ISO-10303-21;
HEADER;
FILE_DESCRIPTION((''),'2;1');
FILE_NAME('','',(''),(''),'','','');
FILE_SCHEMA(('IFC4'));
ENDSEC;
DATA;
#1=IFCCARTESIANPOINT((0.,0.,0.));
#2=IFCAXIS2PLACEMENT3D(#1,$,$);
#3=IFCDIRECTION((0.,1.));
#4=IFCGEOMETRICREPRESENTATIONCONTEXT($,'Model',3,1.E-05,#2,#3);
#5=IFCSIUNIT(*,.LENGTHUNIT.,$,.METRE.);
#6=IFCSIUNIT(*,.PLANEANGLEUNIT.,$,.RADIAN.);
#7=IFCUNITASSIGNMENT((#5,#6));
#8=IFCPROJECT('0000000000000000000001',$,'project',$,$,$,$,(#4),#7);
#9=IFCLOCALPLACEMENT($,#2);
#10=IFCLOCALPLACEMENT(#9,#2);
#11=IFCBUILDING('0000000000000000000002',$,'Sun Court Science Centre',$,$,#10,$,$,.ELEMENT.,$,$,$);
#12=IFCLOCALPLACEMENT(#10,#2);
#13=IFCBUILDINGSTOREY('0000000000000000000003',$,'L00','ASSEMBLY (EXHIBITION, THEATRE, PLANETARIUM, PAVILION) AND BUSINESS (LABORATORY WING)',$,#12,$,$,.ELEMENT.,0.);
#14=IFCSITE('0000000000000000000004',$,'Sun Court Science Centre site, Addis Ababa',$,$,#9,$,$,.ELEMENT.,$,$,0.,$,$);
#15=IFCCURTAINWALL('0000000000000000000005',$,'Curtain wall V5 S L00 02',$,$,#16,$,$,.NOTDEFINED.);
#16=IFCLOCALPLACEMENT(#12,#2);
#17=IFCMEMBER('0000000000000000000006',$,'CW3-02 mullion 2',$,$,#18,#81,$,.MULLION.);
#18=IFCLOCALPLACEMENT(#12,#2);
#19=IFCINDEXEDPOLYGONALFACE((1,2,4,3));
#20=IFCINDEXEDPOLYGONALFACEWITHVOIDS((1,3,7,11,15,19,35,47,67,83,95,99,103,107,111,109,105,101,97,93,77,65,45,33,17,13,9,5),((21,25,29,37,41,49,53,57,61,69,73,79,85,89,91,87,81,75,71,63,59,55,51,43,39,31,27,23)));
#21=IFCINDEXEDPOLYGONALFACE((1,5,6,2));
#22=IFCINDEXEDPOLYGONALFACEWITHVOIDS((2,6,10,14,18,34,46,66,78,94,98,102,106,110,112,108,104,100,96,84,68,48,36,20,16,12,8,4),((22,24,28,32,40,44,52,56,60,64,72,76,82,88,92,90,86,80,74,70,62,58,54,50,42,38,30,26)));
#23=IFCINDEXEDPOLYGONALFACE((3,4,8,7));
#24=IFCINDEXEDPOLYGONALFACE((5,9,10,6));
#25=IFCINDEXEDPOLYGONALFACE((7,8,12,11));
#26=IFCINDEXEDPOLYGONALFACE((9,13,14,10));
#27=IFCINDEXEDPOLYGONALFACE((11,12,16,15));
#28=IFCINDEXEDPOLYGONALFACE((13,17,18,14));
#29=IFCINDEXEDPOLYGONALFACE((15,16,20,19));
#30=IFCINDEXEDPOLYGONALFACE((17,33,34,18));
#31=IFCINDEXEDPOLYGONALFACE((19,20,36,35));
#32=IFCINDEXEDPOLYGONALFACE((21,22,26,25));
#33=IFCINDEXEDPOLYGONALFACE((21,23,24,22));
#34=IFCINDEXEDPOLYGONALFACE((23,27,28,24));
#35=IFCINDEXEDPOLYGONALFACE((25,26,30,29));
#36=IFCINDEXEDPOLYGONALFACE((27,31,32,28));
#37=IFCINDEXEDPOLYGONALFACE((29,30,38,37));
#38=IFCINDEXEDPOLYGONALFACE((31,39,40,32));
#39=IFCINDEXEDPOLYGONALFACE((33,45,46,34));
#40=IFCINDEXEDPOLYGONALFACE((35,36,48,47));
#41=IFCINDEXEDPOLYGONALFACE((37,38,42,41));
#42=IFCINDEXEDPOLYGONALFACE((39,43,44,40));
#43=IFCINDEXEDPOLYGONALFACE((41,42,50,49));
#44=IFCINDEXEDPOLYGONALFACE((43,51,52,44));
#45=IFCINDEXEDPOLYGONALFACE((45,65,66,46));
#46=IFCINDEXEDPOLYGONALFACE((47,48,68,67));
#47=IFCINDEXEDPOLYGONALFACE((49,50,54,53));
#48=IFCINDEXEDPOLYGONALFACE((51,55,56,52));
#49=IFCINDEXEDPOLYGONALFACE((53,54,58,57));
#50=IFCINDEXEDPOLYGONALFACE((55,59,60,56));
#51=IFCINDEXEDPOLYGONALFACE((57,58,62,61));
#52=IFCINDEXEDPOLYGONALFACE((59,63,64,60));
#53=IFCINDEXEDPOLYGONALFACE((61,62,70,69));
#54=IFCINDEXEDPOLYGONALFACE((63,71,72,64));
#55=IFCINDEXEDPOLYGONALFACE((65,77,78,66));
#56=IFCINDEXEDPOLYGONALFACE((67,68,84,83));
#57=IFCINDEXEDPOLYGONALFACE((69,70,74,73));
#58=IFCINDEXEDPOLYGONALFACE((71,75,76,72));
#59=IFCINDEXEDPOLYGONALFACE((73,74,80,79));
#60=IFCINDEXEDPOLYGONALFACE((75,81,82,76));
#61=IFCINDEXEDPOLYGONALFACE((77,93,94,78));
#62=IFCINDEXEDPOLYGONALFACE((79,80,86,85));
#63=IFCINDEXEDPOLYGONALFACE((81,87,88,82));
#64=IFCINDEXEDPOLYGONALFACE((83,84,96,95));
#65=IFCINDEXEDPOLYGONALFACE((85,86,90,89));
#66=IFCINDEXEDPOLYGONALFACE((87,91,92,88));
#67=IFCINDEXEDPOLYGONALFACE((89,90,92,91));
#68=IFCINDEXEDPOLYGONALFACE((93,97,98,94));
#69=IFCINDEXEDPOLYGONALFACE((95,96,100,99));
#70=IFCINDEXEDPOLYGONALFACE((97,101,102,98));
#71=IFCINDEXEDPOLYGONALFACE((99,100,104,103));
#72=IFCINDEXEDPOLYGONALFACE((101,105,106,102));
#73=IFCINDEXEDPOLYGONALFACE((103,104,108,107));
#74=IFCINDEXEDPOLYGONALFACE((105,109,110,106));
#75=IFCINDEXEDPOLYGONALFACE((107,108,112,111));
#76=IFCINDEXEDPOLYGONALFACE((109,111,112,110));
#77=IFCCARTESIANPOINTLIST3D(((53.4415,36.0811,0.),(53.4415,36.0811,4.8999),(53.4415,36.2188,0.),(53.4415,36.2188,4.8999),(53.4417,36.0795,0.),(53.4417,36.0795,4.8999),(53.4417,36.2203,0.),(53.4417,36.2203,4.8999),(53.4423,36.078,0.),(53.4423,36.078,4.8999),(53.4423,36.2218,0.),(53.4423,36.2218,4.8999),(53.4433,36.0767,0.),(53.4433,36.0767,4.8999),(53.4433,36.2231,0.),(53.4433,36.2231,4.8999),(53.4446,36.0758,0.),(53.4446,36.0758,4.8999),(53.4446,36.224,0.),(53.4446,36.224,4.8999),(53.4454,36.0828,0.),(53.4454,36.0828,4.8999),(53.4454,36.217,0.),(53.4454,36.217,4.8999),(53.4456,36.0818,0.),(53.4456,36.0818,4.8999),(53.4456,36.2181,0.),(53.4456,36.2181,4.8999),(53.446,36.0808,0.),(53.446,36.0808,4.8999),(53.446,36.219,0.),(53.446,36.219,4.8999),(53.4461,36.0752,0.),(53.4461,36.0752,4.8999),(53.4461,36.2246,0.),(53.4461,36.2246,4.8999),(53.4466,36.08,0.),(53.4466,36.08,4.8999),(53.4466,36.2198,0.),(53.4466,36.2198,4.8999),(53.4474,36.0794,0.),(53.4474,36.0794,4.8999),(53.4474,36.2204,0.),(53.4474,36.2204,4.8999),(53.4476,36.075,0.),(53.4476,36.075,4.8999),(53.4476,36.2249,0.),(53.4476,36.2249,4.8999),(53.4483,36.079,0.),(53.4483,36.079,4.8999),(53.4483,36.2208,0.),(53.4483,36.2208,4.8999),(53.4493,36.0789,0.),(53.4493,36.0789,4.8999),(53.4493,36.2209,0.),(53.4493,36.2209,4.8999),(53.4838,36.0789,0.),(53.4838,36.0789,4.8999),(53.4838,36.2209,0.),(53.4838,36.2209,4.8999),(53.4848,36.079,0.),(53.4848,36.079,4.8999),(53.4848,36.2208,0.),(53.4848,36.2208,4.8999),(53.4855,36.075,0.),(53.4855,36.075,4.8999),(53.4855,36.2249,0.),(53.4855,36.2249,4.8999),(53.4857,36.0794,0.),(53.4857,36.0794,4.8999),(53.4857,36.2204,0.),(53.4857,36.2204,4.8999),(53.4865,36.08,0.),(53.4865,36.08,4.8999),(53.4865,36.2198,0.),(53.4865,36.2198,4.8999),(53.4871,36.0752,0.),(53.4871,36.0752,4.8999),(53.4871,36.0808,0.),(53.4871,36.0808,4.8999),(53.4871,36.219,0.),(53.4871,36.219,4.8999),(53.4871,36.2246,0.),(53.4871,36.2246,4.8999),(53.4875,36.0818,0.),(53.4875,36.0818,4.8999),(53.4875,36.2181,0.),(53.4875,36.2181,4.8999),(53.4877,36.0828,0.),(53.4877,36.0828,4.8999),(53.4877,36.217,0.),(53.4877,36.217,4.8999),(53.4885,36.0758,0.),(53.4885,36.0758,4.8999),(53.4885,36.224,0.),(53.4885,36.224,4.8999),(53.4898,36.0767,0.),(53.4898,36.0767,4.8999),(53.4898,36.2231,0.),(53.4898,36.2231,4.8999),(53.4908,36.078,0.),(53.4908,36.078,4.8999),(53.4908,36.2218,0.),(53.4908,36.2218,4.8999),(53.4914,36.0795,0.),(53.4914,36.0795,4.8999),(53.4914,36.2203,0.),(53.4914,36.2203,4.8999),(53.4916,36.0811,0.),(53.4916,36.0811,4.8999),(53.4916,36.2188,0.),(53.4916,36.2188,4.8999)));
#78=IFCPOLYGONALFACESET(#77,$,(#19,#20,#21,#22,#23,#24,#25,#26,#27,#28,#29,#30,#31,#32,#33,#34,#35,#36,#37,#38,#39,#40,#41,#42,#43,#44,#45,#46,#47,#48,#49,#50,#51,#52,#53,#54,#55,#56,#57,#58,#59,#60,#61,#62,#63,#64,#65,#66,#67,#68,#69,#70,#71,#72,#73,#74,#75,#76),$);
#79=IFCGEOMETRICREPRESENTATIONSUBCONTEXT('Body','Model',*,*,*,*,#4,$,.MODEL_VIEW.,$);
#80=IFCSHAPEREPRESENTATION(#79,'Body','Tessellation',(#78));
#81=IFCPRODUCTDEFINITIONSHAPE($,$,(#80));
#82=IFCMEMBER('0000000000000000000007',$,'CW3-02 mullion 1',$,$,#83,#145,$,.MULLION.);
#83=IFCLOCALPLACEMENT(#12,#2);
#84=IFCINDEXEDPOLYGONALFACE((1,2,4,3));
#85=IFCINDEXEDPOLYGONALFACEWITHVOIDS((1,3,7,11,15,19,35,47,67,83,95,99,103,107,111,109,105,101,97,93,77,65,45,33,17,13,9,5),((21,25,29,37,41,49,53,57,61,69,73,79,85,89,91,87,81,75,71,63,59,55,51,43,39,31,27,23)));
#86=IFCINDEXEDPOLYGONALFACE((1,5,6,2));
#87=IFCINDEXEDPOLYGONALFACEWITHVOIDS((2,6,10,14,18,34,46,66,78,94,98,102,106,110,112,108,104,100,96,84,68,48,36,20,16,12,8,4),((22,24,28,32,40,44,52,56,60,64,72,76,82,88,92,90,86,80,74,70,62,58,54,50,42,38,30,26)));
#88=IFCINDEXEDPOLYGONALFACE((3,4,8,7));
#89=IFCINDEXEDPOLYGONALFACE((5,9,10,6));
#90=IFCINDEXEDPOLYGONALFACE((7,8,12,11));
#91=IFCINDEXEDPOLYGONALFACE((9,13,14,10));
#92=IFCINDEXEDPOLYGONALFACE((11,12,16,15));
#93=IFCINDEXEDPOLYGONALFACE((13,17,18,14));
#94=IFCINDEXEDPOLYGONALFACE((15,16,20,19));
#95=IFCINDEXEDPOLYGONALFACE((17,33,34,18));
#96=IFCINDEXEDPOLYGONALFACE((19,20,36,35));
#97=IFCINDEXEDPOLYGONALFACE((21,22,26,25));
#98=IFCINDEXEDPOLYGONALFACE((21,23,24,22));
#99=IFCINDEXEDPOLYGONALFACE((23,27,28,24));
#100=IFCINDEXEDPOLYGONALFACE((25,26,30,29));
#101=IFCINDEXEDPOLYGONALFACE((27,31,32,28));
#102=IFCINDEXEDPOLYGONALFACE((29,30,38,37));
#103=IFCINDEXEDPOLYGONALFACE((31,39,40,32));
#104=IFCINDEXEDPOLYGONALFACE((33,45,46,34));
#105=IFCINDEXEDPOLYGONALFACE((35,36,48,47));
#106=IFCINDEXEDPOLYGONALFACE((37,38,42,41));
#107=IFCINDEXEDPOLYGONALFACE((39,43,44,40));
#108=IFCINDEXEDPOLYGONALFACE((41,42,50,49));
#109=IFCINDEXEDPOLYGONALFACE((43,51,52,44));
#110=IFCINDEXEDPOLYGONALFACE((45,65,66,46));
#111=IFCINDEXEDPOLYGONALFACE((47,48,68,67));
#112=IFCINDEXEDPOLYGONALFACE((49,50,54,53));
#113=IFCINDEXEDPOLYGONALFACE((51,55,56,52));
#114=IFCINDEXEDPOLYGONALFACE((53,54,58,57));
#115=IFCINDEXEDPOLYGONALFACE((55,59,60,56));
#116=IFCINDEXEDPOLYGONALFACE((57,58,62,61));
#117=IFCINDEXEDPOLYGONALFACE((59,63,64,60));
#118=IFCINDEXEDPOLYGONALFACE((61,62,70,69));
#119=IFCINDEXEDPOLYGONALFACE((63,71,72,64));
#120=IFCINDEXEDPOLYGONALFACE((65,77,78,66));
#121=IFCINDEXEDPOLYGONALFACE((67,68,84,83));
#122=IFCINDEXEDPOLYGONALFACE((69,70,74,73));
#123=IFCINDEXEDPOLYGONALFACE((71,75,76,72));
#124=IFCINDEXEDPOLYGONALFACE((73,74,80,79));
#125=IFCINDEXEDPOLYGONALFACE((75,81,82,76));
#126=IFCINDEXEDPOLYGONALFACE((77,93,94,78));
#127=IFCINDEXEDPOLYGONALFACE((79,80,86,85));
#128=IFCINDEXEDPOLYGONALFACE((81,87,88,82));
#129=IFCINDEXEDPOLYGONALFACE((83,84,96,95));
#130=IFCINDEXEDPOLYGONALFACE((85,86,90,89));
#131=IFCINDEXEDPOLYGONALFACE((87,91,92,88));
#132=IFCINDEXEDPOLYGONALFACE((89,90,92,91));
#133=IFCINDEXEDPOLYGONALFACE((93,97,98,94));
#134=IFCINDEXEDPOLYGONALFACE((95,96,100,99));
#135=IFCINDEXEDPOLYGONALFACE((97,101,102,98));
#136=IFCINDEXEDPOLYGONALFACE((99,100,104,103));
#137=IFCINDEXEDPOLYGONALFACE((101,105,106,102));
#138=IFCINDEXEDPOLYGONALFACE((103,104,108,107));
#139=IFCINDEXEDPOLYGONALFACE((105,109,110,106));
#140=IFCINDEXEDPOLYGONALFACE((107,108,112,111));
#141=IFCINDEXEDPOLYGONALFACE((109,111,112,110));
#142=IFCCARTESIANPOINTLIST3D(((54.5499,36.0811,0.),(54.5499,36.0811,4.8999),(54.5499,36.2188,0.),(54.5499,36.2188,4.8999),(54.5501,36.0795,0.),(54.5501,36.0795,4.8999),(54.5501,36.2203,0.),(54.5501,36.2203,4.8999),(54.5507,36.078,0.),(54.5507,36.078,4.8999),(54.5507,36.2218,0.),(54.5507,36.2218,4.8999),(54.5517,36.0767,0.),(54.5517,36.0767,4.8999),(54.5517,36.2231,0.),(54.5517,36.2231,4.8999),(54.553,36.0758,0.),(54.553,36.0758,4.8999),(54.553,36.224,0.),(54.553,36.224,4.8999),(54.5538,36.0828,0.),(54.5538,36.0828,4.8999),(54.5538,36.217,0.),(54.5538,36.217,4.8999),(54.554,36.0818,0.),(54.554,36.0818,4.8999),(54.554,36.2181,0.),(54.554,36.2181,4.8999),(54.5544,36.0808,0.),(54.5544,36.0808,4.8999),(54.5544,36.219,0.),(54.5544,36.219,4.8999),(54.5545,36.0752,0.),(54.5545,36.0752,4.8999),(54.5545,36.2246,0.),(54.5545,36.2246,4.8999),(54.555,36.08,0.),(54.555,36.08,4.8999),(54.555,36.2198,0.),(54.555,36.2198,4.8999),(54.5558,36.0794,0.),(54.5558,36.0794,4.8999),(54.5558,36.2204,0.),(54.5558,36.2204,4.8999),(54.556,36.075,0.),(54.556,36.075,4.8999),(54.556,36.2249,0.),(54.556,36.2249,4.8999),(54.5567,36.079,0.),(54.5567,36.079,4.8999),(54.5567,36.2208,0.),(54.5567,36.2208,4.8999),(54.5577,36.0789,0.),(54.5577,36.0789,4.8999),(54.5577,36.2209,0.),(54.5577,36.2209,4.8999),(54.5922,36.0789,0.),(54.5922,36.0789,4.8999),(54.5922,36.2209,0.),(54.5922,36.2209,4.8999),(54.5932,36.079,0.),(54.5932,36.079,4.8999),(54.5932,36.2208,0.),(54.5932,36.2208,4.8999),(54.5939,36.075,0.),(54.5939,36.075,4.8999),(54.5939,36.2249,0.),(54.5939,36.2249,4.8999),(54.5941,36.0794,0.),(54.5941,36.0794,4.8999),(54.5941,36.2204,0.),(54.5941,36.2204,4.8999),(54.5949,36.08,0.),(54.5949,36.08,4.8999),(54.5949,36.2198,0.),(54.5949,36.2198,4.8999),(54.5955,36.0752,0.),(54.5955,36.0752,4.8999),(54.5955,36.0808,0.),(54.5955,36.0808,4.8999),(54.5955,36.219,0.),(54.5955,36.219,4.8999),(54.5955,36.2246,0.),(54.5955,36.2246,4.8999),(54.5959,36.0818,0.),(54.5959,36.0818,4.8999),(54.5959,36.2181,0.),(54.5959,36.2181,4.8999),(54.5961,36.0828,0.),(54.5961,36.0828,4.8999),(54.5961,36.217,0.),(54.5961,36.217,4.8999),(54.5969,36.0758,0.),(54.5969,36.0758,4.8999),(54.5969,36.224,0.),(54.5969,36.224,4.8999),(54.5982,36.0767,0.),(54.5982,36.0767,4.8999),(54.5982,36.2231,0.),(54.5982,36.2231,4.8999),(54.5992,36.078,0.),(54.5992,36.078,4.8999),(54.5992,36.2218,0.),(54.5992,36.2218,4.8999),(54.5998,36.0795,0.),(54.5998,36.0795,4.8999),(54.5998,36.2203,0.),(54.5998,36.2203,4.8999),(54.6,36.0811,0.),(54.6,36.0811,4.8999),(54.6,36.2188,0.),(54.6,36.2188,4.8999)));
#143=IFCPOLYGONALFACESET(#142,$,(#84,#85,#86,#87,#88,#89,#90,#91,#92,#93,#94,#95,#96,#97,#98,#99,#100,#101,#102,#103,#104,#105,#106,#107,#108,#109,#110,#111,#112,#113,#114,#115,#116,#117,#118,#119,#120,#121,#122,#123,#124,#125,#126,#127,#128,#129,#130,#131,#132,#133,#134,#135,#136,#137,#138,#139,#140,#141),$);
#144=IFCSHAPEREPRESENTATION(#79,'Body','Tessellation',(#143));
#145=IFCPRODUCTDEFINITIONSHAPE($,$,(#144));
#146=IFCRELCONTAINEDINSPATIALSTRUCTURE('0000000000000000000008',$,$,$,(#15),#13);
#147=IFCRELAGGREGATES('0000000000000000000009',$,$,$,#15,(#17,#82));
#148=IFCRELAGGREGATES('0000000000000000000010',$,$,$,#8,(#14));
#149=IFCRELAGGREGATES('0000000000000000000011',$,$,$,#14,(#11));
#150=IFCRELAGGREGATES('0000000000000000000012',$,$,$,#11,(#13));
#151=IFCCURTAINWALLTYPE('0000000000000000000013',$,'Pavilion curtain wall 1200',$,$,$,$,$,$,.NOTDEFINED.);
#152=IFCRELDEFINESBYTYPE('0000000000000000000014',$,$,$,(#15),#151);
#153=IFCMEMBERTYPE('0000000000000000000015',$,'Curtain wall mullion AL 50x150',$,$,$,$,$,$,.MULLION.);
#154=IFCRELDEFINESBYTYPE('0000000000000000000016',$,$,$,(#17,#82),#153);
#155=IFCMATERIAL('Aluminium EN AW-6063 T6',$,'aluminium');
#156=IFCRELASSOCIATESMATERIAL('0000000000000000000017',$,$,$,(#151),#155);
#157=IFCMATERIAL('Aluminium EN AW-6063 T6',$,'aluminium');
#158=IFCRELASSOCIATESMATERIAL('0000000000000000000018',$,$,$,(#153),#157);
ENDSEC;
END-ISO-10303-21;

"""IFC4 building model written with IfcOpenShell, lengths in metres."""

from ifc_helpers import new_model, si_unit, direction, frame, origin, origin_2d, place, context, subcontext, project, spatial, hollow_rectangle, extrude, material, material_profile, profile_set, type_object, element, aggregate, save


model = new_model("IFC4")

# Units and contexts
model_context = context("Model", 3, precision=1e-05, world=origin(), true_north=direction((0.0, 1.0)))
body_context = subcontext(model_context, "Body", "Model", "MODEL_VIEW")
ifc_project = project(units=[si_unit("LENGTHUNIT", "METRE"), si_unit("PLANEANGLEUNIT", "RADIAN")], contexts=[model_context])

# Site, building, storey
site_placement = place(None, origin())
site = spatial("IfcSite", under=ifc_project, at=site_placement, Name="Sun Court Science Centre site, Addis Ababa", CompositionType="ELEMENT", RefElevation=0.0)
building_placement = place(site_placement, origin())
building = spatial("IfcBuilding", under=site, at=building_placement, Name="Sun Court Science Centre", CompositionType="ELEMENT")
storey_placement = place(building_placement, origin())
storey = spatial("IfcBuildingStorey", under=building, at=storey_placement, Name="L00", Description="ASSEMBLY (EXHIBITION, THEATRE, PLANETARIUM, PAVILION) AND BUSINESS (LABORATORY WING)", CompositionType="ELEMENT", Elevation=0.0)

# Shared definitions
ifc_material_1 = material(Name="Aluminium EN AW-6063 T6", Category="aluminium")
curtain_wall_type = type_object("IfcCurtainWallType", Name="Pavilion curtain wall 1200", PredefinedType="NOTDEFINED", material=ifc_material_1)
ifc_material_2 = material(Name="Aluminium EN AW-6063 T6", Category="aluminium")
ifc_material_profile_1 = material_profile(ifc_material_2, hollow_rectangle(XDim=0.05, YDim=0.1499, WallThickness=0.0039, InnerFilletRadius=0.0039, OuterFilletRadius=0.0061, at=origin_2d()), Name="AL 50x150x4")
ifc_profile_set_1 = profile_set([ifc_material_profile_1], Name="Aluminium EN AW-6063 T6")
member_type_1 = type_object("IfcMemberType", Name="Curtain wall mullion AL 50x150", PredefinedType="MULLION", material=ifc_profile_set_1)

# Curtain wall, members
curtain_wall_1_placement = place(storey_placement, origin())
curtain_wall_1 = element("IfcCurtainWall", 1, at=curtain_wall_1_placement, inside=storey, type_object=curtain_wall_type, Name="Curtain wall V5 S L00 02", PredefinedType="NOTDEFINED")
member_1_placement = place(storey_placement, frame((53.4666, 36.1499, 0.0), z_axis=(0.0, 0.0, 1.0), x_axis=(-1.0, 0.0, 0.0)))
member_1 = element("IfcMember", 2, at=member_1_placement, type_object=member_type_1, Name="CW3-02 mullion 2", PredefinedType="MULLION", context=body_context, shape_type="SweptSolid", body=[
    extrude(hollow_rectangle(XDim=0.05, YDim=0.1499, WallThickness=0.0039, InnerFilletRadius=0.0039, OuterFilletRadius=0.0061, at=origin_2d()), origin(), (0.0, 0.0, 1.0), 4.8999),
])
member_2_placement = place(storey_placement, frame((54.575, 36.1499, 0.0), z_axis=(0.0, 0.0, 1.0), x_axis=(-1.0, 0.0, 0.0)))
member_2 = element("IfcMember", 3, at=member_2_placement, type_object=member_type_1, Name="CW3-02 mullion 1", PredefinedType="MULLION", context=body_context, shape_type="SweptSolid", body=[
    extrude(hollow_rectangle(XDim=0.05, YDim=0.1499, WallThickness=0.0039, InnerFilletRadius=0.0039, OuterFilletRadius=0.0061, at=origin_2d()), origin(), (0.0, 0.0, 1.0), 4.8999),
])

aggregate(curtain_wall_1, [member_1, member_2])

save(model, "model.ifc")
